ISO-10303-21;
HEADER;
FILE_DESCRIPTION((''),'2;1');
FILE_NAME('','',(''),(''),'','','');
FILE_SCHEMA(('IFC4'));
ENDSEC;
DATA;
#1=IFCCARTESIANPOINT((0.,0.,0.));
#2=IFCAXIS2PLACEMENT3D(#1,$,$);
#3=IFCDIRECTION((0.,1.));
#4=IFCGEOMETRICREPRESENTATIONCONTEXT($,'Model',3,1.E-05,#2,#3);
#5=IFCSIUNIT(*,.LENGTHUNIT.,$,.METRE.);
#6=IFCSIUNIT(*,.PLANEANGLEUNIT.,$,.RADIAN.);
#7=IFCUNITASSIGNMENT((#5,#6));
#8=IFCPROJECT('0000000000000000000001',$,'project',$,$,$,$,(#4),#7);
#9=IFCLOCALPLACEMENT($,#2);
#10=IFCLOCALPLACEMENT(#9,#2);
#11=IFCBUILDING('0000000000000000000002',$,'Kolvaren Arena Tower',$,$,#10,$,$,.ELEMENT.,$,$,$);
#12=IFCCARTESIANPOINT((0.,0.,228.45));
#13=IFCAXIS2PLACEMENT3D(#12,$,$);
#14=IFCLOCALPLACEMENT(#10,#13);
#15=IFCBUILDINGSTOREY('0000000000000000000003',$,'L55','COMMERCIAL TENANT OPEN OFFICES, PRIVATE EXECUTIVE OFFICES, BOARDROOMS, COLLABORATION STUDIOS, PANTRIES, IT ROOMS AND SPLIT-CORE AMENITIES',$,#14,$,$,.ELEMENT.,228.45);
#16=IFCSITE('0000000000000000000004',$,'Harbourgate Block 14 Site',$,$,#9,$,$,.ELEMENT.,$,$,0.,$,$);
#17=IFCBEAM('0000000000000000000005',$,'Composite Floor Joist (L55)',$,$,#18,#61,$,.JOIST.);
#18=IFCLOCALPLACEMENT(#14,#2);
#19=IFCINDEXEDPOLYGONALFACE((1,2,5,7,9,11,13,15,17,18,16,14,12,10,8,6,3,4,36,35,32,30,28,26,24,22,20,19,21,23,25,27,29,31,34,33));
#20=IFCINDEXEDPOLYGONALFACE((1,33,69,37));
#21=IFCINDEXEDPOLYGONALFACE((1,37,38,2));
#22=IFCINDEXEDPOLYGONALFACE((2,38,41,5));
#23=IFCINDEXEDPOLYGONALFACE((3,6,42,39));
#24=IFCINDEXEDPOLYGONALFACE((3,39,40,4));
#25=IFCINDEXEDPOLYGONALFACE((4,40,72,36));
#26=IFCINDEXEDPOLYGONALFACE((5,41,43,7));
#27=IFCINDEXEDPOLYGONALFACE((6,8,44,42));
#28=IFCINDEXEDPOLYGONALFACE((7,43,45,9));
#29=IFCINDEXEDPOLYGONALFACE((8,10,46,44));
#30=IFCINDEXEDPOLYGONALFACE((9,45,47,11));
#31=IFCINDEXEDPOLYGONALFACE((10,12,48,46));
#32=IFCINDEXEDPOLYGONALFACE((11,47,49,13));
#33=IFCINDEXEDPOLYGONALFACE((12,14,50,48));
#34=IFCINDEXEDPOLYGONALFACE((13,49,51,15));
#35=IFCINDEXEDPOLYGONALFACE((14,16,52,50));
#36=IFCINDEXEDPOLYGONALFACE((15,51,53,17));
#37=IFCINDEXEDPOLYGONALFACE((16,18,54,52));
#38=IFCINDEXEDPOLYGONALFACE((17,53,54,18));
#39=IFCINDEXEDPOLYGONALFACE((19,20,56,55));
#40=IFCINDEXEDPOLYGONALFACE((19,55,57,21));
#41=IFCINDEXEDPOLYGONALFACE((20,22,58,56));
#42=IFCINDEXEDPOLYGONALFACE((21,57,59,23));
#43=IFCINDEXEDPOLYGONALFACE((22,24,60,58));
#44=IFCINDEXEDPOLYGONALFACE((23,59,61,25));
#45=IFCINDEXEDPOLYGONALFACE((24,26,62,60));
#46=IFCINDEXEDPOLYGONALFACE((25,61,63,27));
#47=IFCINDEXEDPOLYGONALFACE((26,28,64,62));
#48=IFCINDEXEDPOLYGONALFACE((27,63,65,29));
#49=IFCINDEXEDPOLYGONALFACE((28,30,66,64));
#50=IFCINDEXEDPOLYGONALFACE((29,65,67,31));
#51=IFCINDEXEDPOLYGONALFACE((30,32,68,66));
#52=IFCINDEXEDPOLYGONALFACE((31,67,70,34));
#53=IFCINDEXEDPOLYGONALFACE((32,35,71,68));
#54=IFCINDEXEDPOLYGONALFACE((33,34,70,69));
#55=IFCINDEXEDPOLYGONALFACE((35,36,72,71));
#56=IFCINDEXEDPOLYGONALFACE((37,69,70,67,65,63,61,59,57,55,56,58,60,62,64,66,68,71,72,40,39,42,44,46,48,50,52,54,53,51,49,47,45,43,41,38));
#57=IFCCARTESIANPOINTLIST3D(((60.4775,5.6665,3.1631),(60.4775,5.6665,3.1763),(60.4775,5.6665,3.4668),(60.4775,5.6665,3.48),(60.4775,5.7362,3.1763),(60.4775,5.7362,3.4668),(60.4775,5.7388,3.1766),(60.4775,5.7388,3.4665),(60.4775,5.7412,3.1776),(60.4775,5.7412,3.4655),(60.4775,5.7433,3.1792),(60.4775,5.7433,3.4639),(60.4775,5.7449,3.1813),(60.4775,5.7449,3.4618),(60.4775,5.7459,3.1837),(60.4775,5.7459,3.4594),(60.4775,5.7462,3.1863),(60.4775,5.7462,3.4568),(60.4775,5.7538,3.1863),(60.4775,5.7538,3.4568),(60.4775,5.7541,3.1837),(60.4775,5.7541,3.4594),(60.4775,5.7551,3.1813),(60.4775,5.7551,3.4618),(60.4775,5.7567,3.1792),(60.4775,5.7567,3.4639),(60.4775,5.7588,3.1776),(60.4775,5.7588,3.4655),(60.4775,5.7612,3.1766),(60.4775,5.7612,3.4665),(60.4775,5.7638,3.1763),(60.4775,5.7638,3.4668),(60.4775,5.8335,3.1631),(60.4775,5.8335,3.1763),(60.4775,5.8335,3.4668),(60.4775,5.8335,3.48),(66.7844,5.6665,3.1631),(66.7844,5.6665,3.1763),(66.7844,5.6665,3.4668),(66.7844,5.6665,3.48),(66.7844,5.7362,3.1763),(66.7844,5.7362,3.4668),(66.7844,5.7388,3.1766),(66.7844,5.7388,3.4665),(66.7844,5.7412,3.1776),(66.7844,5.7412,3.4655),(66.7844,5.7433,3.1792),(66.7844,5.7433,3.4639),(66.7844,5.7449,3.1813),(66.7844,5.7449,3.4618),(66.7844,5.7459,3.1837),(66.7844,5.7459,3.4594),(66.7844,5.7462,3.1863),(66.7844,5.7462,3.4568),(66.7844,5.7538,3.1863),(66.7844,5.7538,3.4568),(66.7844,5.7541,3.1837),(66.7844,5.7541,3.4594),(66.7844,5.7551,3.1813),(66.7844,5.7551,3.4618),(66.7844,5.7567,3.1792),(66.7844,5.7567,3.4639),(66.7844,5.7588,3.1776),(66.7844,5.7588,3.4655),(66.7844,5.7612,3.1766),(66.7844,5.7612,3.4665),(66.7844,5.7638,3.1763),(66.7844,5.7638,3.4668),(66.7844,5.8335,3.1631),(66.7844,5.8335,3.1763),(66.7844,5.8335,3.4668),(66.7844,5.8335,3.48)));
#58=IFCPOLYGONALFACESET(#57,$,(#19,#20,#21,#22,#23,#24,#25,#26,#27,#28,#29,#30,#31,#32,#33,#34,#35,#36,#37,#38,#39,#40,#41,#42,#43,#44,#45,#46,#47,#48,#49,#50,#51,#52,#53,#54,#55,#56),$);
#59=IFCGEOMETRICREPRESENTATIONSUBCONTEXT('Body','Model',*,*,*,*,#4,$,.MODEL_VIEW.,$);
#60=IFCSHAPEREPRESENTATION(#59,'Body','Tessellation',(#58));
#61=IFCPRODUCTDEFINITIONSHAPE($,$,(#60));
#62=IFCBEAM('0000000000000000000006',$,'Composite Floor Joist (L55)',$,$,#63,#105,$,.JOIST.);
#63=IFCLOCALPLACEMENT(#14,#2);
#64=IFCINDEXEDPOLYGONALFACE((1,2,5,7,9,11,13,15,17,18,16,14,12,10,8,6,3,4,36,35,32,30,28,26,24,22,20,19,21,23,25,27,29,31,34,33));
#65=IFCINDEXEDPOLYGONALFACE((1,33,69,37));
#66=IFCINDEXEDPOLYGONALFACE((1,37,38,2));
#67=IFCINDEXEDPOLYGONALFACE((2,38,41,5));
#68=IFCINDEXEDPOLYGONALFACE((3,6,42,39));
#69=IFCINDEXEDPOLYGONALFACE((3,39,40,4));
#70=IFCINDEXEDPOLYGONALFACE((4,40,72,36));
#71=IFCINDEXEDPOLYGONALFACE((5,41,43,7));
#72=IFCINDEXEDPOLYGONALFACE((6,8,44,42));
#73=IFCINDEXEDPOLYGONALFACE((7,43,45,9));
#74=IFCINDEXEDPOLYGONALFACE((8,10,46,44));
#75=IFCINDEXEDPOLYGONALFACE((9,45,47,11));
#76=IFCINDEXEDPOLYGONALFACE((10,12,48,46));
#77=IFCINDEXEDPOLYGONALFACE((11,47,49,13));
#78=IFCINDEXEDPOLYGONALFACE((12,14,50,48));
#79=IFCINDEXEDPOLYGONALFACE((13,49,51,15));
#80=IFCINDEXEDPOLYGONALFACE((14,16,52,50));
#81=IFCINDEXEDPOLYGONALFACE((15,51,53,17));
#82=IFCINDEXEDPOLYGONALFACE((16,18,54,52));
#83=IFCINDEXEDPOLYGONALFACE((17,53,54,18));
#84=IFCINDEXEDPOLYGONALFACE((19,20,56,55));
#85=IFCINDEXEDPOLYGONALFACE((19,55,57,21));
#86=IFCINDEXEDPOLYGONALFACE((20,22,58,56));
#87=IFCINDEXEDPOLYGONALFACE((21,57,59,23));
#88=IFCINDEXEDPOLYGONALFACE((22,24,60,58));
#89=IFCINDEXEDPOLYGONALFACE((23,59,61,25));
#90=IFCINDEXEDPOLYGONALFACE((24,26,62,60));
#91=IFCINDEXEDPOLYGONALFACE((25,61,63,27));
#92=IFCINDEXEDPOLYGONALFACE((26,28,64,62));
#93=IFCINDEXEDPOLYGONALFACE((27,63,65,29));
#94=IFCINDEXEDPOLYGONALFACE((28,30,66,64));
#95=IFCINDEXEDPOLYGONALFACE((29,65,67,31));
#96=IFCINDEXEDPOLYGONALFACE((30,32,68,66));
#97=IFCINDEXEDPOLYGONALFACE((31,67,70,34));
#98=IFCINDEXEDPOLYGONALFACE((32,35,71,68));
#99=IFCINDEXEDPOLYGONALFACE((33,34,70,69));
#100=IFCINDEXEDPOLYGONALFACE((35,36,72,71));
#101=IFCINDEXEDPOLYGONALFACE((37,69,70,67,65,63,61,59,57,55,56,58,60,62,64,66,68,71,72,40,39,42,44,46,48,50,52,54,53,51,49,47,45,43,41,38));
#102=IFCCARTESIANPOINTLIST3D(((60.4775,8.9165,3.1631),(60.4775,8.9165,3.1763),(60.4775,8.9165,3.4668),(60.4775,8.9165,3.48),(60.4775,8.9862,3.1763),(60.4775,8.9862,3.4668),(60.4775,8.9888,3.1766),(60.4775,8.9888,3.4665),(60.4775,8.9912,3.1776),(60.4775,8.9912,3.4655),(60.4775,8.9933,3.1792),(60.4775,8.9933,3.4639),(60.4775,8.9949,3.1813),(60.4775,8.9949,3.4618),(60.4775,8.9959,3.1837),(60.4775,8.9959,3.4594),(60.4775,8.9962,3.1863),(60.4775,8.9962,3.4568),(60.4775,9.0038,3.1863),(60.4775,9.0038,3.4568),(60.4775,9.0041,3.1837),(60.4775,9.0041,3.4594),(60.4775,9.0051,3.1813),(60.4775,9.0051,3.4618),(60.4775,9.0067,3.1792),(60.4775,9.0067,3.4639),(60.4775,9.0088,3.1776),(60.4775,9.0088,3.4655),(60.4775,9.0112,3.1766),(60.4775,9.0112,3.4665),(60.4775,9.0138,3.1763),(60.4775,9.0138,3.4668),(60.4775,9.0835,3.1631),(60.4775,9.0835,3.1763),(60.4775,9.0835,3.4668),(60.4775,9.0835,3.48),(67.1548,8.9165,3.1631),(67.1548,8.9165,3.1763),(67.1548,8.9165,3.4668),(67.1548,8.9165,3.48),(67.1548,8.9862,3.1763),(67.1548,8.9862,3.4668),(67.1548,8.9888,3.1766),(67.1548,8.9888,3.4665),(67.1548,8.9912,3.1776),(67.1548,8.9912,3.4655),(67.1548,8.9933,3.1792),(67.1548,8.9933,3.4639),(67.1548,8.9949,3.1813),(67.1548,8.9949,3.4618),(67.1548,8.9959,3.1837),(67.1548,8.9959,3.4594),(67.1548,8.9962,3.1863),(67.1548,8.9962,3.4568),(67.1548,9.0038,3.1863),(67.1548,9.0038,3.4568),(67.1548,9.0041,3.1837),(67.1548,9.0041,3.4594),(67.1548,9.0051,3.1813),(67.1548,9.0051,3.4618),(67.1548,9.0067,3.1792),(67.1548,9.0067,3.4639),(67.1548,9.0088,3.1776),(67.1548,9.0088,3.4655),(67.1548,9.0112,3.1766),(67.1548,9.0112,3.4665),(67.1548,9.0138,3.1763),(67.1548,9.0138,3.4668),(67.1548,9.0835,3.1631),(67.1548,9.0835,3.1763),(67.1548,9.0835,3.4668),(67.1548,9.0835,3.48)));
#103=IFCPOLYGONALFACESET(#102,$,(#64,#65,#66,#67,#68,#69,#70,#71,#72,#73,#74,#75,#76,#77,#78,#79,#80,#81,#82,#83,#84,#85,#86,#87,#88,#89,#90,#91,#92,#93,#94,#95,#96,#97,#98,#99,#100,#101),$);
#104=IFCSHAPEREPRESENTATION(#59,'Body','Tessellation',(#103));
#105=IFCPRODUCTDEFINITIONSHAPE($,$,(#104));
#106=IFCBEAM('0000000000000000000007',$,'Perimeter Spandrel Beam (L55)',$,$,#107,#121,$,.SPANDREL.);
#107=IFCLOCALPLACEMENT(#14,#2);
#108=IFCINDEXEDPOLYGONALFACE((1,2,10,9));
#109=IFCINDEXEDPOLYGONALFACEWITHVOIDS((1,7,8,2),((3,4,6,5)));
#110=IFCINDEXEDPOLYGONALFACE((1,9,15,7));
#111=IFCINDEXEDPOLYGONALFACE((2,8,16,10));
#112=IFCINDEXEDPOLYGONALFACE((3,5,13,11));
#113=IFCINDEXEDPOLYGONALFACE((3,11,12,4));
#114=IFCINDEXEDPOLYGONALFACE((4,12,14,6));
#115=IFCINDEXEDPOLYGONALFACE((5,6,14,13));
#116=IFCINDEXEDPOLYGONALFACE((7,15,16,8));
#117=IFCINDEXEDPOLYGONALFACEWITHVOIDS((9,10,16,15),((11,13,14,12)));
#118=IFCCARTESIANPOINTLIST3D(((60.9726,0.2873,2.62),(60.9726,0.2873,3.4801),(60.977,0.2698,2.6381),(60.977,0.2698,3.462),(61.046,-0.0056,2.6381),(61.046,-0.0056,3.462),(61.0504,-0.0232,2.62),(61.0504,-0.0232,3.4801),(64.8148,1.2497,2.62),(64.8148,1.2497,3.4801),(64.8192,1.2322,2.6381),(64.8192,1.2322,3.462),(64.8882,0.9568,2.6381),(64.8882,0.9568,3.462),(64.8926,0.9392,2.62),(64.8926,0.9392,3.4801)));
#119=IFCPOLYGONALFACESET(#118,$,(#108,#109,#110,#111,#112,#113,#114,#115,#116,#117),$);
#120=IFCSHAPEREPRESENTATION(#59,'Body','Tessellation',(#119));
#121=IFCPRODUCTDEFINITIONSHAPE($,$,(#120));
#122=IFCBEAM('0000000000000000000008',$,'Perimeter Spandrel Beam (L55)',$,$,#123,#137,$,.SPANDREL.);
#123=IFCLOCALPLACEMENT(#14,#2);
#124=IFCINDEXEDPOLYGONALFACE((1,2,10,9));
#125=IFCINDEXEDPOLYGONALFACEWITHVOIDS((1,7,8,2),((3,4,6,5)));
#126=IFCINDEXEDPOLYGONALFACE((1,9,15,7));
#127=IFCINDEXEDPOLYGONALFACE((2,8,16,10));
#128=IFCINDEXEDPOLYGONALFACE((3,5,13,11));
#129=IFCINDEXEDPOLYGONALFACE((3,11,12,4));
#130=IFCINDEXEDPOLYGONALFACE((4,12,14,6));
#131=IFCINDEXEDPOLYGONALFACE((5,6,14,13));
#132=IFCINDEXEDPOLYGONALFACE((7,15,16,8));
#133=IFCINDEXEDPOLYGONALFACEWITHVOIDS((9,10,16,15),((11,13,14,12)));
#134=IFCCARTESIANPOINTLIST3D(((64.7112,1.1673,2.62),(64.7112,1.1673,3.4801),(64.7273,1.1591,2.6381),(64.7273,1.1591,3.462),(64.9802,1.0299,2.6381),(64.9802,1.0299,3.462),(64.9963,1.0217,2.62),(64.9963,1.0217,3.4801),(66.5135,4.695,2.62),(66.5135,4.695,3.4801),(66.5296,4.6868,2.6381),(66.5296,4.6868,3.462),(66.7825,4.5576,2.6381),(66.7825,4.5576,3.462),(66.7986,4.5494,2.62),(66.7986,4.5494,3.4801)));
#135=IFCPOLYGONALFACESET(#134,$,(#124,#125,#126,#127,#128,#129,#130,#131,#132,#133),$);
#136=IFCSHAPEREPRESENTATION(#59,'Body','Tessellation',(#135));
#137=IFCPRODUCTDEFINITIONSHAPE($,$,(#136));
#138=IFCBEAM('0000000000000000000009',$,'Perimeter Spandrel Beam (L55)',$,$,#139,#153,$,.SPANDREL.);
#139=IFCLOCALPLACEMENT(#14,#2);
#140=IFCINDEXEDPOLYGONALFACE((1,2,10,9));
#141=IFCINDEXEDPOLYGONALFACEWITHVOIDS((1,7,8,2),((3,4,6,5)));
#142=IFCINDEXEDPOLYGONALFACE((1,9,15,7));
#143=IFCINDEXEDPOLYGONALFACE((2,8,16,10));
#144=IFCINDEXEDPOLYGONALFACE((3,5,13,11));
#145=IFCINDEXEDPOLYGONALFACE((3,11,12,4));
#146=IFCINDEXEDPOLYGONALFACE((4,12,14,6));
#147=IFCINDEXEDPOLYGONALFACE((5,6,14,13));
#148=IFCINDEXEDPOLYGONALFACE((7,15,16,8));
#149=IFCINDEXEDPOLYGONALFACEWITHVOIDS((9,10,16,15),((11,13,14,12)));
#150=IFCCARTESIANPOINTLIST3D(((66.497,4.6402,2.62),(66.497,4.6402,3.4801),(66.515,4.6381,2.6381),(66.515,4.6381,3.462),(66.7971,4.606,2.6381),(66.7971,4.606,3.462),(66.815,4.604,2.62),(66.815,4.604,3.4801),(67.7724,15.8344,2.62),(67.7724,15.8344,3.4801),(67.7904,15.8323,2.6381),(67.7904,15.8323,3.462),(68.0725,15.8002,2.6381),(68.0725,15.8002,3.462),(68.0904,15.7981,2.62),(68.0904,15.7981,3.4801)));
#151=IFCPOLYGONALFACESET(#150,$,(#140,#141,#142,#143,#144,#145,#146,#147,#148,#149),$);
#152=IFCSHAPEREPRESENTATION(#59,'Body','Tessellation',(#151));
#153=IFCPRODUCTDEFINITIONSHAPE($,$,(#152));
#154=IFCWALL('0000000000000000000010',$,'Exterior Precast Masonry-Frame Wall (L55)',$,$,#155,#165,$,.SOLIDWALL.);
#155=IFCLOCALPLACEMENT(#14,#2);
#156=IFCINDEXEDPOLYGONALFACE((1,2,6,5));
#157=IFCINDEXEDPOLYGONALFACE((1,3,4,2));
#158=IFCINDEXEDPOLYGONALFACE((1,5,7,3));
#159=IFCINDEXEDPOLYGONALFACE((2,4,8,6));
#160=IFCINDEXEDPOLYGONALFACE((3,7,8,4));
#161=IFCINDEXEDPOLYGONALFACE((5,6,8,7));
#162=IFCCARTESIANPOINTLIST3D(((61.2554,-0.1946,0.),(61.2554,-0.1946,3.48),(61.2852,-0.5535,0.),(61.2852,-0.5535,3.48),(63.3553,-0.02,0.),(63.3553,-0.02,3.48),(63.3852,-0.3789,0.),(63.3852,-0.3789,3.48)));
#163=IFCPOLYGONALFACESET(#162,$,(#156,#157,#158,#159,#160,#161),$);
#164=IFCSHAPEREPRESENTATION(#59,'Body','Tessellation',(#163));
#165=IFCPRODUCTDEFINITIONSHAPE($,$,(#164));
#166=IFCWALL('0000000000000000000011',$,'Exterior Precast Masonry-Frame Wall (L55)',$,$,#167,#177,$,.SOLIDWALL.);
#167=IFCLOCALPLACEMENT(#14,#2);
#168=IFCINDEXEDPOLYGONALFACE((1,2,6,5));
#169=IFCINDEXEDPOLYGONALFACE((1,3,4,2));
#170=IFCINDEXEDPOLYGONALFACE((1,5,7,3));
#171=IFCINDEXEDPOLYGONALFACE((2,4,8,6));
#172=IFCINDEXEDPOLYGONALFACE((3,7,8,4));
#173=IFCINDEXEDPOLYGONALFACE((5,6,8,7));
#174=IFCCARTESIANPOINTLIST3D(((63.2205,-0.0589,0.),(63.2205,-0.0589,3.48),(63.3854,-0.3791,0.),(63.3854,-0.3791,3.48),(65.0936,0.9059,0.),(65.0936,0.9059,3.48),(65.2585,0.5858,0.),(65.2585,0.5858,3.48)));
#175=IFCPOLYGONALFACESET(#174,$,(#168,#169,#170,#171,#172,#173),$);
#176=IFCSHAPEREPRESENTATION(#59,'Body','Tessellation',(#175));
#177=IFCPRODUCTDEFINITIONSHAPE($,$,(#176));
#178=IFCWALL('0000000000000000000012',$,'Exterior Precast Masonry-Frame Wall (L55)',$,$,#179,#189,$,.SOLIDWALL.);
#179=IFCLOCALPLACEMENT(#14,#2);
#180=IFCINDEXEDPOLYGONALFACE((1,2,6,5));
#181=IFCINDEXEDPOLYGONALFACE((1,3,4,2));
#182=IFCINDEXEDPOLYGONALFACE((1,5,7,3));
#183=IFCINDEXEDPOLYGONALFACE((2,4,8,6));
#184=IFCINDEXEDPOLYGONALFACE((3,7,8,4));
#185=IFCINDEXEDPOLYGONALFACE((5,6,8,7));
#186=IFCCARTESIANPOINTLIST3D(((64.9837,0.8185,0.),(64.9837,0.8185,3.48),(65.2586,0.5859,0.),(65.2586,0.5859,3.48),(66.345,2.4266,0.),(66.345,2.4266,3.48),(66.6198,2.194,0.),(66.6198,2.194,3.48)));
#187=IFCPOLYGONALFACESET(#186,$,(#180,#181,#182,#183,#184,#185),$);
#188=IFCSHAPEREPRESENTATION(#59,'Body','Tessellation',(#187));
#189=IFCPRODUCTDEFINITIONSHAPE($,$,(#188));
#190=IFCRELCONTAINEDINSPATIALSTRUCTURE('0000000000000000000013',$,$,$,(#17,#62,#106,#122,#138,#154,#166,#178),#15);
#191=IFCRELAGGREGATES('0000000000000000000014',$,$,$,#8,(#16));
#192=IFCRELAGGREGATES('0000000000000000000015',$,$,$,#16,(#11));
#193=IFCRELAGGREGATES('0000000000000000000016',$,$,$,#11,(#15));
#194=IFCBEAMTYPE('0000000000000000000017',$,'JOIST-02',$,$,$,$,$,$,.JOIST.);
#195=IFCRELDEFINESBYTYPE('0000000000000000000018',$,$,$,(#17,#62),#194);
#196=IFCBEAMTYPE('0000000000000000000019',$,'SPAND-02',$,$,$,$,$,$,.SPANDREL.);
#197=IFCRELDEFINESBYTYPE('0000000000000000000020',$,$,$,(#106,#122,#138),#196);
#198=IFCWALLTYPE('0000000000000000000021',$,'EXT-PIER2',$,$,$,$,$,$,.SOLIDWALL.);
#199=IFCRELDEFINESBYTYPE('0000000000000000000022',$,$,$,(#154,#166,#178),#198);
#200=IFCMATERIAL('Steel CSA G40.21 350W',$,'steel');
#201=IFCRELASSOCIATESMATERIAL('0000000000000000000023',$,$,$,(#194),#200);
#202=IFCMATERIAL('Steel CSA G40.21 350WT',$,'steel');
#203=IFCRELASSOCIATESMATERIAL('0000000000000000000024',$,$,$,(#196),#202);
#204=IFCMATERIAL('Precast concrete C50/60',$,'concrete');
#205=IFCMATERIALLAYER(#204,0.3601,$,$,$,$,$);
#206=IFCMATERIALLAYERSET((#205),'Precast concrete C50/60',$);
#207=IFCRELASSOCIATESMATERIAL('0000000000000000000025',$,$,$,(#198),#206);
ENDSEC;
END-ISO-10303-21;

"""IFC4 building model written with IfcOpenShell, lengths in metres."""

from ifc_helpers import new_model, si_unit, direction, frame, frame_2d, origin, origin_2d, place, context, subcontext, project, spatial, rectangle, hollow_rectangle, i_section, extrude, material, layer, layer_set, material_profile, profile_set, type_object, element, save


model = new_model("IFC4")

# Units and contexts
model_context = context("Model", 3, precision=1e-05, world=origin(), true_north=direction((0.0, 1.0)))
body_context = subcontext(model_context, "Body", "Model", "MODEL_VIEW")
ifc_project = project(units=[si_unit("LENGTHUNIT", "METRE"), si_unit("PLANEANGLEUNIT", "RADIAN")], contexts=[model_context])

# Site, building, storey
site_placement = place(None, origin())
site = spatial("IfcSite", under=ifc_project, at=site_placement, Name="Harbourgate Block 14 Site", CompositionType="ELEMENT", RefElevation=0.0)
building_placement = place(site_placement, origin())
building = spatial("IfcBuilding", under=site, at=building_placement, Name="Kolvaren Arena Tower", CompositionType="ELEMENT")
storey_placement = place(building_placement, frame((0.0, 0.0, 228.45)))
storey = spatial("IfcBuildingStorey", under=building, at=storey_placement, Name="L55", Description="COMMERCIAL TENANT OPEN OFFICES, PRIVATE EXECUTIVE OFFICES, BOARDROOMS, COLLABORATION STUDIOS, PANTRIES, IT ROOMS AND SPLIT-CORE AMENITIES", CompositionType="ELEMENT", Elevation=228.45)

# Beams
ifc_material_1 = material(Name="Steel CSA G40.21 350W", Category="steel")
ifc_material_profile_1 = material_profile(ifc_material_1, i_section(OverallWidth=0.167, OverallDepth=0.3169, WebThickness=0.0076, FlangeThickness=0.0132, FilletRadius=0.01, at=origin_2d()), Name="W310x52")
ifc_profile_set_1 = profile_set([ifc_material_profile_1], Name="Steel CSA G40.21 350W")
beam_type_1 = type_object("IfcBeamType", Name="JOIST-02", PredefinedType="JOIST", material=ifc_profile_set_1)
beam_1_placement = place(storey_placement, frame((60.4775, 5.75, 3.3215), z_axis=(1.0, 0.0, 0.0), x_axis=(0.0, 1.0, 0.0)))
element("IfcBeam", 1, at=beam_1_placement, inside=storey, type_object=beam_type_1, Name="Composite Floor Joist (L55)", PredefinedType="JOIST", context=body_context, shape_type="SweptSolid", body=[
    extrude(i_section(OverallWidth=0.167, OverallDepth=0.3169, WebThickness=0.0076, FlangeThickness=0.0132, FilletRadius=0.01, at=origin_2d()), origin(), (0.0, 0.0, 1.0), 6.3069),
])
beam_2_placement = place(storey_placement, frame((60.4775, 9.0, 3.3215), z_axis=(1.0, 0.0, 0.0), x_axis=(0.0, 1.0, 0.0)))
element("IfcBeam", 2, at=beam_2_placement, inside=storey, type_object=beam_type_1, Name="Composite Floor Joist (L55)", PredefinedType="JOIST", context=body_context, shape_type="SweptSolid", body=[
    extrude(i_section(OverallWidth=0.167, OverallDepth=0.3169, WebThickness=0.0076, FlangeThickness=0.0132, FilletRadius=0.01, at=origin_2d()), origin(), (0.0, 0.0, 1.0), 6.6772),
])
ifc_material_2 = material(Name="Steel CSA G40.21 350WT", Category="steel")
ifc_material_profile_2 = material_profile(ifc_material_2, hollow_rectangle(XDim=0.3201, YDim=0.8601, WallThickness=0.0181, at=origin_2d()), Name="HSS 860x320x18")
ifc_profile_set_2 = profile_set([ifc_material_profile_2], Name="Steel CSA G40.21 350WT")
beam_type_2 = type_object("IfcBeamType", Name="SPAND-02", PredefinedType="SPANDREL", material=ifc_profile_set_2)
beam_3_placement = place(storey_placement, frame((61.0115, 0.1321, 3.05), z_axis=(0.970034, 0.242971, 0.0), x_axis=(-0.242971, 0.970034, 0.0)))
element("IfcBeam", 3, at=beam_3_placement, inside=storey, type_object=beam_type_2, Name="Perimeter Spandrel Beam (L55)", PredefinedType="SPANDREL", context=body_context, shape_type="SweptSolid", body=[
    extrude(hollow_rectangle(XDim=0.3201, YDim=0.8601, WallThickness=0.0181, at=origin_2d()), origin(), (0.0, 0.0, 1.0), 3.9609),
])
beam_4_placement = place(storey_placement, frame((64.8538, 1.0945, 3.05), z_axis=(0.454962, 0.890511, 0.0), x_axis=(-0.890511, 0.454962, 0.0)))
element("IfcBeam", 4, at=beam_4_placement, inside=storey, type_object=beam_type_2, Name="Perimeter Spandrel Beam (L55)", PredefinedType="SPANDREL", context=body_context, shape_type="SweptSolid", body=[
    extrude(hollow_rectangle(XDim=0.3201, YDim=0.8601, WallThickness=0.0181, at=origin_2d()), origin(), (0.0, 0.0, 1.0), 3.9614),
])
beam_5_placement = place(storey_placement, frame((66.656, 4.6221, 3.05), z_axis=(0.113202, 0.993572, 0.0), x_axis=(-0.993572, 0.113202, 0.0)))
element("IfcBeam", 5, at=beam_5_placement, inside=storey, type_object=beam_type_2, Name="Perimeter Spandrel Beam (L55)", PredefinedType="SPANDREL", context=body_context, shape_type="SweptSolid", body=[
    extrude(hollow_rectangle(XDim=0.3201, YDim=0.8601, WallThickness=0.0181, at=origin_2d()), origin(), (0.0, 0.0, 1.0), 11.2666),
])

# Walls
ifc_material_3 = material(Name="Precast concrete C50/60", Category="concrete")
ifc_layer_1 = layer(ifc_material_3, 0.3601)
ifc_layer_set_1 = layer_set([ifc_layer_1], Name="Precast concrete C50/60")
wall_type_1 = type_object("IfcWallType", Name="EXT-PIER2", PredefinedType="SOLIDWALL", material=ifc_layer_set_1)
wall_1_placement = place(storey_placement, frame((63.3704, -0.1995, 0.0), z_axis=(0.0, 0.0, 1.0), x_axis=(-0.996563, -0.082844, 0.0)))
element("IfcWall", 6, at=wall_1_placement, inside=storey, type_object=wall_type_1, Name="Exterior Precast Masonry-Frame Wall (L55)", PredefinedType="SOLIDWALL", context=body_context, shape_type="SweptSolid", body=[
    extrude(rectangle(XDim=2.1072, YDim=0.3601, at=frame_2d((1.0537, 0.0))), origin(), (0.0, 0.0, 1.0), 3.48),
])
for number, where, z_axis, x_axis, name in (
    (7, (65.176, 0.7458, 0.0), (0.0, 0.0, 1.0), (-0.888986, -0.457934, 0.0), "Exterior Precast Masonry-Frame Wall (L55)"),
    (8, (66.4824, 2.3103, 0.0), (0.0, 0.0, 1.0), (-0.646103, -0.76325, 0.0), "Exterior Precast Masonry-Frame Wall (L55)"),
):
    element("IfcWall", number, at=place(storey_placement, frame(where, z_axis=z_axis, x_axis=x_axis)), inside=storey, type_object=wall_type_1, Name=name, PredefinedType="SOLIDWALL", context=body_context, shape_type="SweptSolid", body=[
        extrude(rectangle(XDim=2.1069, YDim=0.3601, at=frame_2d((1.0535, 0.0))), origin(), (0.0, 0.0, 1.0), 3.48),
    ])

save(model, "model.ifc")
